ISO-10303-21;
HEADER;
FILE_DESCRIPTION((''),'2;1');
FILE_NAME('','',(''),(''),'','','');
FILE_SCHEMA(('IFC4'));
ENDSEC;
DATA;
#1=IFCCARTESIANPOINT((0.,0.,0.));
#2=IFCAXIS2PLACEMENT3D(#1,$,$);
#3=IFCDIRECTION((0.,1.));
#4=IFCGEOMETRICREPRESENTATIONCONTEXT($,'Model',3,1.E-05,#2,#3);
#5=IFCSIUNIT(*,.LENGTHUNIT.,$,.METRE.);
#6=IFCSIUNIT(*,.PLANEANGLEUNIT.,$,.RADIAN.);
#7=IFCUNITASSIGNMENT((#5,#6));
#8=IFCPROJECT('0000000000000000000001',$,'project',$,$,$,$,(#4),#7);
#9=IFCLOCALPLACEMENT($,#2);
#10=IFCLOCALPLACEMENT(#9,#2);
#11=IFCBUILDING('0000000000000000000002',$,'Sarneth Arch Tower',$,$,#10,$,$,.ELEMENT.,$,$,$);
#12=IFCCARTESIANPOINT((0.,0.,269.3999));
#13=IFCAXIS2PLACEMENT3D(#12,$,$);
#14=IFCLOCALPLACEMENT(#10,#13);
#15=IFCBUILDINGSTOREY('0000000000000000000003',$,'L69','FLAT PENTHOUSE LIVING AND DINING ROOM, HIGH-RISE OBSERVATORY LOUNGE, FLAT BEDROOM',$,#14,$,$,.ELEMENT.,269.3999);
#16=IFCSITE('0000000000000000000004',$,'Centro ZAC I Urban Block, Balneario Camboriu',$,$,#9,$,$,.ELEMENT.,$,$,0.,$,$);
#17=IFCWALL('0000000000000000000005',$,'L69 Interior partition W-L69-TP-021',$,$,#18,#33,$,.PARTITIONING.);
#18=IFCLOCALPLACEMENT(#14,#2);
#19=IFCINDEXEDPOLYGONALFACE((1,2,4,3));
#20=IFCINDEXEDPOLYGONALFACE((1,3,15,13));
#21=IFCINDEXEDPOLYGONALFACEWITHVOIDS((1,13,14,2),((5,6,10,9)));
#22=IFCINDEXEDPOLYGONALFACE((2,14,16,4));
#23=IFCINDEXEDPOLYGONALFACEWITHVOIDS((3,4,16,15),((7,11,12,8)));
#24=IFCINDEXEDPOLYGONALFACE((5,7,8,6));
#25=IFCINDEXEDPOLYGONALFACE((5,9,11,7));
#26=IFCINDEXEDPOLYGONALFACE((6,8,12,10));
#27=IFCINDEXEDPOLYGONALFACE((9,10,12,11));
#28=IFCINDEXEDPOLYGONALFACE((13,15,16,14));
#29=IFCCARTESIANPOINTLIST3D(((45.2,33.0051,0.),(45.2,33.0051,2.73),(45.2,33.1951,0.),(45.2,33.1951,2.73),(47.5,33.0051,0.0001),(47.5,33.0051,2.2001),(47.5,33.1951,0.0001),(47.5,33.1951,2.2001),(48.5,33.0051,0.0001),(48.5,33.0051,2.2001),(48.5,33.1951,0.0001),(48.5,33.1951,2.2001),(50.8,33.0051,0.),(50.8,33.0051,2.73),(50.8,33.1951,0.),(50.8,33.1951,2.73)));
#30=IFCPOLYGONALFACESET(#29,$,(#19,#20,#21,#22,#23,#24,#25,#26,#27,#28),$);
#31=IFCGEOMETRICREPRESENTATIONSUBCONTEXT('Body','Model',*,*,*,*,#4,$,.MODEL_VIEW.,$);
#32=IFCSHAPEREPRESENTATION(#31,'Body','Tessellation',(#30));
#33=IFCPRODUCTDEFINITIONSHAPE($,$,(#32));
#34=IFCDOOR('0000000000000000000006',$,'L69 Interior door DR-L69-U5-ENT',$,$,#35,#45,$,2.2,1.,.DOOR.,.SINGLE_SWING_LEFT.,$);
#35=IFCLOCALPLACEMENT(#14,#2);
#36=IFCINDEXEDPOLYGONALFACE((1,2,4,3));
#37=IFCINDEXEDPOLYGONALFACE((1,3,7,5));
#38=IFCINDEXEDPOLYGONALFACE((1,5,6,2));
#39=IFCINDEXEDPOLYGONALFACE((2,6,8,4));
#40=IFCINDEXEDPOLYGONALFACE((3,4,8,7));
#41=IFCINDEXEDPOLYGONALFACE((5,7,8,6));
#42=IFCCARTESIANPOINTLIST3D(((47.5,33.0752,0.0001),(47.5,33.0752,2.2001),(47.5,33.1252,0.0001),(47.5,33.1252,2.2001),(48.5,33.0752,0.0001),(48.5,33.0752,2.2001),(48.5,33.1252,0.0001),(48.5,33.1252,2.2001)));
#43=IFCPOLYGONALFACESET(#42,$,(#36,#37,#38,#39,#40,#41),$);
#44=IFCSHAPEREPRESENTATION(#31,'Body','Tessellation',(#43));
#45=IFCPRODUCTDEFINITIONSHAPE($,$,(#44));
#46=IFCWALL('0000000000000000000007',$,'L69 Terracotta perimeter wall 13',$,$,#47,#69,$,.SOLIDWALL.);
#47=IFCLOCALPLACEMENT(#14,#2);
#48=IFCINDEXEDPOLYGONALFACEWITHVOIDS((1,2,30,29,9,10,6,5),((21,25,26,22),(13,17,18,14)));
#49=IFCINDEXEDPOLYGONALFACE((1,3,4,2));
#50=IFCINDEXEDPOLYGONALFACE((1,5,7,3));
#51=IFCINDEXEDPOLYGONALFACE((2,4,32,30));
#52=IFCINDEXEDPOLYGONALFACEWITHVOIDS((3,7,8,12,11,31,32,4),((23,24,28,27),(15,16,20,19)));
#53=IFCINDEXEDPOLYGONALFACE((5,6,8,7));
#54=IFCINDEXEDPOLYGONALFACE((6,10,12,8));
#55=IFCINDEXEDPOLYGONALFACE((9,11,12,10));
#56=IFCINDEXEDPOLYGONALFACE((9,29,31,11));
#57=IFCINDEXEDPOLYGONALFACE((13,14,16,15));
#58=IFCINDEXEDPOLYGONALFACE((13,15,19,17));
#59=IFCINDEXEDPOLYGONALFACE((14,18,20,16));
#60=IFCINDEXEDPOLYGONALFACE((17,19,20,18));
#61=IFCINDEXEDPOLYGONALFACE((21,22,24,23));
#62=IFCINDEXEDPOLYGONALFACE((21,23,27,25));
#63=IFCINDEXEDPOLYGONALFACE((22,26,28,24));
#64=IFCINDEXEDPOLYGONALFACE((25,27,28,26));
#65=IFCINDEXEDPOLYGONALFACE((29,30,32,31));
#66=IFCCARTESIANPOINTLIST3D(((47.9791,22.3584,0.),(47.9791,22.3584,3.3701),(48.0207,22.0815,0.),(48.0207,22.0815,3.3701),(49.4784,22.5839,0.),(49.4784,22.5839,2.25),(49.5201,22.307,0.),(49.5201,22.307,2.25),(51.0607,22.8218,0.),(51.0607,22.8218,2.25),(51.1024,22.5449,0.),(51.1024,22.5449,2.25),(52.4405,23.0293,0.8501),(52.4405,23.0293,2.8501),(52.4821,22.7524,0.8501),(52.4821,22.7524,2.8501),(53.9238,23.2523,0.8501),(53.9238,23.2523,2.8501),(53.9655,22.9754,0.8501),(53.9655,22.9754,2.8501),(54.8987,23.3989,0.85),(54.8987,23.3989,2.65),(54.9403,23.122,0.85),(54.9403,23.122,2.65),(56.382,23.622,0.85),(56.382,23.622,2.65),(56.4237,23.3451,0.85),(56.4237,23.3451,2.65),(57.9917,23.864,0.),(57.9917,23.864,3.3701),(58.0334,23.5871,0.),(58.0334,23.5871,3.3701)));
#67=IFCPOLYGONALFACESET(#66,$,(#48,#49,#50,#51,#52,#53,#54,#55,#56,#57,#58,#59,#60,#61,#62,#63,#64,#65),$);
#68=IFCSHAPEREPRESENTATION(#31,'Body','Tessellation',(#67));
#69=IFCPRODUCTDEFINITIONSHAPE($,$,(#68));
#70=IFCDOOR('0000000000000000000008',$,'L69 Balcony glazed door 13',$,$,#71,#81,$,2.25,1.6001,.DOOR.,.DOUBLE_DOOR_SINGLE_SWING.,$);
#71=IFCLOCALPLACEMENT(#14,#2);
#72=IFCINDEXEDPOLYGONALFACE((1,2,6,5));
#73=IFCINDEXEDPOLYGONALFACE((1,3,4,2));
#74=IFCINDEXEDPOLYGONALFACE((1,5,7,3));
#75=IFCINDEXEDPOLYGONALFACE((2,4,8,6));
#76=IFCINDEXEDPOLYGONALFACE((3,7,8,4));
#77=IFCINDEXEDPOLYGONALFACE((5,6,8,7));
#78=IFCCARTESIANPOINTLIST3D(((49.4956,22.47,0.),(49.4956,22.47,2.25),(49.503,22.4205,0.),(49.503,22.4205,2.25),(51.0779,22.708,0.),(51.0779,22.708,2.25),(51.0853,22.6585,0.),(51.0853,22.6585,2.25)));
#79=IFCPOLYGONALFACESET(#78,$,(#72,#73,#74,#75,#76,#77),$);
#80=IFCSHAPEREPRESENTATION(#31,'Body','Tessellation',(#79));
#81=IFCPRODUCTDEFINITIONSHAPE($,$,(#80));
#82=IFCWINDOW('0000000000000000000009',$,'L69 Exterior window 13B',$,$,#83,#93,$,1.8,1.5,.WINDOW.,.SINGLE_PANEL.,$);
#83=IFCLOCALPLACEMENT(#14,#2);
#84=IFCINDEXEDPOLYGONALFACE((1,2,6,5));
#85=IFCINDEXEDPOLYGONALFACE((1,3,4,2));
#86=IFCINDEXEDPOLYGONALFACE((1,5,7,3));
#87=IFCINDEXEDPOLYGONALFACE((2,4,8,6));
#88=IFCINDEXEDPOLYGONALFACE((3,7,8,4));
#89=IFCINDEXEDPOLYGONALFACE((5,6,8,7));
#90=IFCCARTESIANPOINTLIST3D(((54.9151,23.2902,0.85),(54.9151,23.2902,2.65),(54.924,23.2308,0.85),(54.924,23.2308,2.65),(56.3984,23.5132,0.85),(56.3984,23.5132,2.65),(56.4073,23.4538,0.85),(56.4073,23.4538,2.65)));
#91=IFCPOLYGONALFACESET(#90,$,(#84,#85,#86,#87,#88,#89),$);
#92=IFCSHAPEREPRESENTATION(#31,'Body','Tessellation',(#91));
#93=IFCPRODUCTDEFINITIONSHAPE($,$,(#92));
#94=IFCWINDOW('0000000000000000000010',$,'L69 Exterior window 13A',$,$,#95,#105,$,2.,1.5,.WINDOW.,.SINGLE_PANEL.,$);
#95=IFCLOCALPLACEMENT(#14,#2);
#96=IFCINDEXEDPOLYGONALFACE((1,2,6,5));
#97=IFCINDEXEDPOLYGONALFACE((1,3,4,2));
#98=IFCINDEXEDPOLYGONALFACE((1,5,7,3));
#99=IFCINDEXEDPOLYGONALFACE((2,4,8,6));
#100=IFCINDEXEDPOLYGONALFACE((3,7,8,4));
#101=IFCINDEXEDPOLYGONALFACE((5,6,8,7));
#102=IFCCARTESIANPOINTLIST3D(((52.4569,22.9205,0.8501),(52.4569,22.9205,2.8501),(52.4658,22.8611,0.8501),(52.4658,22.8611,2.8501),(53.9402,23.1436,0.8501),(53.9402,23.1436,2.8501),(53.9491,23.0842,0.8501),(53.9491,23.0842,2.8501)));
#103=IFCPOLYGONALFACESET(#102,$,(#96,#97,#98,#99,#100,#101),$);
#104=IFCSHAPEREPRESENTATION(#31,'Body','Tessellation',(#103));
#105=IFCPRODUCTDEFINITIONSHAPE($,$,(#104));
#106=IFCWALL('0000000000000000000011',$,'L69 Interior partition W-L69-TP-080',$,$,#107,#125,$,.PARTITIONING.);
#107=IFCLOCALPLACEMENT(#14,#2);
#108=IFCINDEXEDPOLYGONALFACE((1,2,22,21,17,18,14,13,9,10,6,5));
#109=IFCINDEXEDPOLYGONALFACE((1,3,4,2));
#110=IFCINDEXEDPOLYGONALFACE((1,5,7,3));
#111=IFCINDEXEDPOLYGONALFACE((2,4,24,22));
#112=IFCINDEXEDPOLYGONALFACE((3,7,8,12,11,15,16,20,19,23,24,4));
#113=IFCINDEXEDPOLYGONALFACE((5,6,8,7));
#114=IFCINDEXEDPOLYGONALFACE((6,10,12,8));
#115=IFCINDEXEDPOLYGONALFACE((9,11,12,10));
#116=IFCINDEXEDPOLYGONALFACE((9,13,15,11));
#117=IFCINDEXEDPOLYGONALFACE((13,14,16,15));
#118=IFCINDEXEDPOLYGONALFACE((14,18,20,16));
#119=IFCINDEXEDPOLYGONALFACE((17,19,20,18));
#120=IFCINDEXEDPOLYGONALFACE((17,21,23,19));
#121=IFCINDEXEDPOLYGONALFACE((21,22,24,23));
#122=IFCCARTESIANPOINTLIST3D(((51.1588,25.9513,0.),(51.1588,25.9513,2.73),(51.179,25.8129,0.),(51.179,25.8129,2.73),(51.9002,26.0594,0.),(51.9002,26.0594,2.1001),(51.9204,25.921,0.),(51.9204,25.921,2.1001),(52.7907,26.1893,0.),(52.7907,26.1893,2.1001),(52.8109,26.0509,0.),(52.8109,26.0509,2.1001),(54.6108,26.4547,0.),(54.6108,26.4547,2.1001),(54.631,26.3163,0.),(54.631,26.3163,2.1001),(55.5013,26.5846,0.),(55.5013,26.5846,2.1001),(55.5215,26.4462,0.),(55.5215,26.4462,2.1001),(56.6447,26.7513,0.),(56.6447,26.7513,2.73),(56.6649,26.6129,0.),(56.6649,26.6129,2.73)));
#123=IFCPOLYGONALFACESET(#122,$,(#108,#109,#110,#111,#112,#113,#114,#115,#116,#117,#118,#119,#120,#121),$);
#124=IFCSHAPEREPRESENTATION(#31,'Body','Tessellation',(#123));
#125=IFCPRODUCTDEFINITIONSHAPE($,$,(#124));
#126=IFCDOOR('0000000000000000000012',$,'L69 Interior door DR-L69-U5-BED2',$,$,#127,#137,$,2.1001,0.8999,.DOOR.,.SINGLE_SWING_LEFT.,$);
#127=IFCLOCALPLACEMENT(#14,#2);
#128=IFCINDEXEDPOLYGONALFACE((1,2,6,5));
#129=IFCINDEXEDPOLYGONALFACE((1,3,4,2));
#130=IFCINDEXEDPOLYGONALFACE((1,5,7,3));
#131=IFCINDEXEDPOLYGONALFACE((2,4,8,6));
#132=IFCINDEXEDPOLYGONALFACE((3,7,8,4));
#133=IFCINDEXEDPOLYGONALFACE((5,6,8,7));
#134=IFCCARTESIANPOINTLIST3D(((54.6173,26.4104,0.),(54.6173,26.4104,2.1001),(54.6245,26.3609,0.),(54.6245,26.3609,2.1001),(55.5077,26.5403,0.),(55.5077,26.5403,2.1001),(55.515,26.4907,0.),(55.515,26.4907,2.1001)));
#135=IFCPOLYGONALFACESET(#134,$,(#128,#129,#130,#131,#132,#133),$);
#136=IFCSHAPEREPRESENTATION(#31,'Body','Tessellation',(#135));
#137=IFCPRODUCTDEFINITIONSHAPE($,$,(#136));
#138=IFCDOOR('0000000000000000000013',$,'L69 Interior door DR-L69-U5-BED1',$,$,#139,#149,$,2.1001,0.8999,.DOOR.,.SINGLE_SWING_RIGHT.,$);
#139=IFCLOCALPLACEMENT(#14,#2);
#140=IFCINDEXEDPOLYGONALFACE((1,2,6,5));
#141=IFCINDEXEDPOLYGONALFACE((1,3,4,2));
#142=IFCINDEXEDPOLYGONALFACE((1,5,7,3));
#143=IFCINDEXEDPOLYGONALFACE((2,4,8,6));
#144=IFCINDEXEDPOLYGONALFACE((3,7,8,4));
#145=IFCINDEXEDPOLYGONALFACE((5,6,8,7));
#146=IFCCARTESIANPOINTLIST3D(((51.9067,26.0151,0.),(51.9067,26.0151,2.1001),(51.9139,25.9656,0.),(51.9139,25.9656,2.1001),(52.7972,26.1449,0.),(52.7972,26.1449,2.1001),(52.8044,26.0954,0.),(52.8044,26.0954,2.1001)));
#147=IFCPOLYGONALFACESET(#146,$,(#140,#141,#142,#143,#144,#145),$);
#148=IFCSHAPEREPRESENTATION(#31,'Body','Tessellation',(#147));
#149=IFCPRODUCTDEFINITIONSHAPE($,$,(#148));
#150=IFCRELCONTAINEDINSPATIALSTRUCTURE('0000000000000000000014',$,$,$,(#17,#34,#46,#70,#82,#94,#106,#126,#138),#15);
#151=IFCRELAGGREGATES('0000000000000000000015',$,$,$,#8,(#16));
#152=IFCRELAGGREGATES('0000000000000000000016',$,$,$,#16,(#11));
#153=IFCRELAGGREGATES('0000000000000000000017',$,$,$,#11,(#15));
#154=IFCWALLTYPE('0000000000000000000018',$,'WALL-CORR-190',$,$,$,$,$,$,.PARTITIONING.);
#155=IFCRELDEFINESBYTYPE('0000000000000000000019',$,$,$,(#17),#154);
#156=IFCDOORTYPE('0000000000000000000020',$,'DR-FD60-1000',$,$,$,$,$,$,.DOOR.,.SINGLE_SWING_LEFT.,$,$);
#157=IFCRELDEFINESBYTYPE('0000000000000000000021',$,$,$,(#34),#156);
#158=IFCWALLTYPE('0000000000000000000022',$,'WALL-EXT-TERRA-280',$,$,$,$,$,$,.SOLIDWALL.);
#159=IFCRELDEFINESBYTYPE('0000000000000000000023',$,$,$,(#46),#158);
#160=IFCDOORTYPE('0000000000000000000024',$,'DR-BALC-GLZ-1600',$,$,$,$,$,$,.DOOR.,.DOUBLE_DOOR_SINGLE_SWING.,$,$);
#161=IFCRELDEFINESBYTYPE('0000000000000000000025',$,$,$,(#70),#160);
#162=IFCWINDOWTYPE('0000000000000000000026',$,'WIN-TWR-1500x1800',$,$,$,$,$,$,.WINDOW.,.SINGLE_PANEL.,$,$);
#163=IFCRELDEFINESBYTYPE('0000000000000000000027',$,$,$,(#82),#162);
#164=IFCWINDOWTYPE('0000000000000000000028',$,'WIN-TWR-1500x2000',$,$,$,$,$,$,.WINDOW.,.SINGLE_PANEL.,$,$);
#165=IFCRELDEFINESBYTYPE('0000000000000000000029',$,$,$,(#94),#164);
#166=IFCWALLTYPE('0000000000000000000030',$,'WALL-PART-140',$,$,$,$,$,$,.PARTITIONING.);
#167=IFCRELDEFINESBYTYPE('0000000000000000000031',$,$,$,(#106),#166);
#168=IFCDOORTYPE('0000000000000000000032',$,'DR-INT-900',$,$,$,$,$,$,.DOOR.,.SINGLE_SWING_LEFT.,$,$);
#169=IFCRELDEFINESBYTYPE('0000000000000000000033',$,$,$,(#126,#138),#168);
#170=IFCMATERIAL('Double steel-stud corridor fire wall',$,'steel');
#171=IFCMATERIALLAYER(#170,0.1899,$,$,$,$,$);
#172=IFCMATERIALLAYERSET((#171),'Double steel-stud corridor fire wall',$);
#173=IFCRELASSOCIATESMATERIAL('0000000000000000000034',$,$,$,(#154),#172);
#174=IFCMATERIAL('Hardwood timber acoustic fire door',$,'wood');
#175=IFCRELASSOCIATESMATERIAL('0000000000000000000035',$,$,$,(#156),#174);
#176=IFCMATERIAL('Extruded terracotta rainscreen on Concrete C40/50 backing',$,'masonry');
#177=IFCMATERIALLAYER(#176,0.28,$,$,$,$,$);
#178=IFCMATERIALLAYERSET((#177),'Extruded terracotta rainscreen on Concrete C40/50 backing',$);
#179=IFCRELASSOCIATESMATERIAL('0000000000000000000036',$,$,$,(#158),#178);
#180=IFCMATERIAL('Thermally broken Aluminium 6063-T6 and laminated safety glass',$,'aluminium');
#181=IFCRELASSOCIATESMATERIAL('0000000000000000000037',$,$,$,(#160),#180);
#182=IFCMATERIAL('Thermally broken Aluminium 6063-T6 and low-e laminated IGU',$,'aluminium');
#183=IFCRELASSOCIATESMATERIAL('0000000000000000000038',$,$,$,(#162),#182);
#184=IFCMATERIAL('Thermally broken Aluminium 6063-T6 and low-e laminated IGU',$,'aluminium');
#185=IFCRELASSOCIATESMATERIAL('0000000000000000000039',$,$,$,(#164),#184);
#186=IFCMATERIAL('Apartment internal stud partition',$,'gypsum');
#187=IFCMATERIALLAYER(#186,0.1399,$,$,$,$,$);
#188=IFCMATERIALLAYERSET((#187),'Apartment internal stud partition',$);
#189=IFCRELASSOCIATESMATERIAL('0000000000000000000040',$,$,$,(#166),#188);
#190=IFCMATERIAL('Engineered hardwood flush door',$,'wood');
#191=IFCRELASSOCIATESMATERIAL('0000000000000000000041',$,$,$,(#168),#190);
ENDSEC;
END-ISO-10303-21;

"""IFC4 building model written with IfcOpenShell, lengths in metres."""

from ifc_helpers import new_model, si_unit, direction, frame, frame_2d, origin, place, context, subcontext, project, spatial, rectangle, extrude, material, layer, layer_set, type_object, element, fill, save


model = new_model("IFC4")

# Units and contexts
model_context = context("Model", 3, precision=1e-05, world=origin(), true_north=direction((0.0, 1.0)))
body_context = subcontext(model_context, "Body", "Model", "MODEL_VIEW")
ifc_project = project(units=[si_unit("LENGTHUNIT", "METRE"), si_unit("PLANEANGLEUNIT", "RADIAN")], contexts=[model_context])

# Site, building, storey
site_placement = place(None, origin())
site = spatial("IfcSite", under=ifc_project, at=site_placement, Name="Centro ZAC I Urban Block, Balneario Camboriu", CompositionType="ELEMENT", RefElevation=0.0)
building_placement = place(site_placement, origin())
building = spatial("IfcBuilding", under=site, at=building_placement, Name="Sarneth Arch Tower", CompositionType="ELEMENT")
storey_placement = place(building_placement, frame((0.0, 0.0, 269.3999)))
storey = spatial("IfcBuildingStorey", under=building, at=storey_placement, Name="L69", Description="FLAT PENTHOUSE LIVING AND DINING ROOM, HIGH-RISE OBSERVATORY LOUNGE, FLAT BEDROOM", CompositionType="ELEMENT", Elevation=269.3999)

# Wall, opening, door
ifc_material_1 = material(Name="Double steel-stud corridor fire wall", Category="steel")
ifc_layer_1 = layer(ifc_material_1, 0.1899)
ifc_layer_set_1 = layer_set([ifc_layer_1], Name="Double steel-stud corridor fire wall")
wall_type_1 = type_object("IfcWallType", Name="WALL-CORR-190", PredefinedType="PARTITIONING", material=ifc_layer_set_1)
wall_1_placement = place(storey_placement, frame((50.8, 33.1001, 0.0), z_axis=(0.0, 0.0, 1.0), x_axis=(-1.0, 0.0, 0.0)))
wall_1 = element("IfcWall", 1, at=wall_1_placement, inside=storey, type_object=wall_type_1, Name="L69 Interior partition W-L69-TP-021", PredefinedType="PARTITIONING", context=body_context, shape_type="SweptSolid", body=[
    extrude(rectangle(XDim=5.6001, YDim=0.1899, at=frame_2d((2.8, 0.0))), origin(), (0.0, 0.0, 1.0), 2.73),
])
opening_1_placement = place(wall_1_placement, frame((2.3, 0.0, 0.0)))
opening_1 = element("IfcOpeningElement", 2, at=opening_1_placement, cuts=wall_1, PredefinedType="OPENING", context=body_context, shape_type="SweptSolid", body=[
    extrude(rectangle(XDim=1.0, YDim=2.2, at=frame_2d((0.5, 1.1001))), frame((0.0, 0.105, 0.0), z_axis=(0.0, -1.0, 0.0), x_axis=(1.0, 0.0, 0.0)), (0.0, 0.0, 1.0), 0.21),
])
ifc_material_2 = material(Name="Hardwood timber acoustic fire door", Category="wood")
door_type_1 = type_object("IfcDoorType", Name="DR-FD60-1000", OperationType="SINGLE_SWING_LEFT", PredefinedType="DOOR", material=ifc_material_2)
door_1_placement = place(opening_1_placement, origin())
door_1 = element("IfcDoor", 3, at=door_1_placement, inside=storey, type_object=door_type_1, Name="L69 Interior door DR-L69-U5-ENT", OperationType="SINGLE_SWING_LEFT", OverallHeight=2.2, OverallWidth=1.0, PredefinedType="DOOR", context=body_context, shape_type="SweptSolid", body=[
    extrude(rectangle(XDim=1.0, YDim=2.2, at=frame_2d((0.5, 1.1001))), frame((0.0, 0.0249, 0.0), z_axis=(0.0, -1.0, 0.0), x_axis=(1.0, 0.0, 0.0)), (0.0, 0.0, 1.0), 0.05),
])
fill(opening_1, door_1)

# Wall, openings, door, windows
ifc_material_3 = material(Name="Extruded terracotta rainscreen on Concrete C40/50 backing", Category="masonry")
ifc_layer_2 = layer(ifc_material_3, 0.28)
ifc_layer_set_2 = layer_set([ifc_layer_2], Name="Extruded terracotta rainscreen on Concrete C40/50 backing")
wall_type_2 = type_object("IfcWallType", Name="WALL-EXT-TERRA-280", PredefinedType="SOLIDWALL", material=ifc_layer_set_2)
wall_2_placement = place(storey_placement, frame((48.0, 22.22, 0.0), z_axis=(0.0, 0.0, 1.0), x_axis=(0.988883, 0.148699, 0.0)))
wall_2 = element("IfcWall", 4, at=wall_2_placement, inside=storey, type_object=wall_type_2, Name="L69 Terracotta perimeter wall 13", PredefinedType="SOLIDWALL", context=body_context, shape_type="SweptSolid", body=[
    extrude(rectangle(XDim=10.1252, YDim=0.28, at=frame_2d((5.0625, 0.0))), origin(), (0.0, 0.0, 1.0), 3.3701),
])
opening_2_placement = place(wall_2_placement, frame((1.5161, 0.0, 0.0)))
opening_2 = element("IfcOpeningElement", 5, at=opening_2_placement, cuts=wall_2, PredefinedType="OPENING", context=body_context, shape_type="SweptSolid", body=[
    extrude(rectangle(XDim=1.6001, YDim=2.25, at=frame_2d((0.8, 1.125))), frame((0.0, 0.1499, 0.0), z_axis=(0.0, -1.0, 0.0), x_axis=(1.0, 0.0, 0.0)), (0.0, 0.0, 1.0), 0.3),
])
opening_3_placement = place(wall_2_placement, frame((4.5115, 0.0, 0.8501)))
opening_3 = element("IfcOpeningElement", 6, at=opening_3_placement, cuts=wall_2, PredefinedType="OPENING", context=body_context, shape_type="SweptSolid", body=[
    extrude(rectangle(XDim=1.5, YDim=2.0, at=frame_2d((0.75, 1.0))), frame((0.0, 0.1499, 0.0), z_axis=(0.0, -1.0, 0.0), x_axis=(1.0, 0.0, 0.0)), (0.0, 0.0, 1.0), 0.3),
])
opening_4_placement = place(wall_2_placement, frame((6.9973, 0.0, 0.8501)))
opening_4 = element("IfcOpeningElement", 7, at=opening_4_placement, cuts=wall_2, PredefinedType="OPENING", context=body_context, shape_type="SweptSolid", body=[
    extrude(rectangle(XDim=1.5, YDim=1.8, at=frame_2d((0.75, 0.8999))), frame((0.0, 0.1499, 0.0), z_axis=(0.0, -1.0, 0.0), x_axis=(1.0, 0.0, 0.0)), (0.0, 0.0, 1.0), 0.3),
])
ifc_material_4 = material(Name="Thermally broken Aluminium 6063-T6 and laminated safety glass", Category="aluminium")
door_type_2 = type_object("IfcDoorType", Name="DR-BALC-GLZ-1600", OperationType="DOUBLE_DOOR_SINGLE_SWING", PredefinedType="DOOR", material=ifc_material_4)
door_2_placement = place(opening_2_placement, origin())
door_2 = element("IfcDoor", 8, at=door_2_placement, inside=storey, type_object=door_type_2, Name="L69 Balcony glazed door 13", OperationType="DOUBLE_DOOR_SINGLE_SWING", OverallHeight=2.25, OverallWidth=1.6001, PredefinedType="DOOR", context=body_context, shape_type="SweptSolid", body=[
    extrude(rectangle(XDim=1.6001, YDim=2.25, at=frame_2d((0.8, 1.125))), frame((0.0, 0.0249, 0.0), z_axis=(0.0, -1.0, 0.0), x_axis=(1.0, 0.0, 0.0)), (0.0, 0.0, 1.0), 0.05),
])
fill(opening_2, door_2)
ifc_material_5 = material(Name="Thermally broken Aluminium 6063-T6 and low-e laminated IGU", Category="aluminium")
window_type_1 = type_object("IfcWindowType", Name="WIN-TWR-1500x1800", PartitioningType="SINGLE_PANEL", PredefinedType="WINDOW", material=ifc_material_5)
window_1_placement = place(opening_4_placement, origin())
window_1 = element("IfcWindow", 9, at=window_1_placement, inside=storey, type_object=window_type_1, Name="L69 Exterior window 13B", OverallHeight=1.8, OverallWidth=1.5, PartitioningType="SINGLE_PANEL", PredefinedType="WINDOW", context=body_context, shape_type="SweptSolid", body=[
    extrude(rectangle(XDim=1.5, YDim=1.8, at=frame_2d((0.75, 0.8999))), frame((0.0, 0.03, 0.0), z_axis=(0.0, -1.0, 0.0), x_axis=(1.0, 0.0, 0.0)), (0.0, 0.0, 1.0), 0.0601),
])
fill(opening_4, window_1)
ifc_material_6 = material(Name="Thermally broken Aluminium 6063-T6 and low-e laminated IGU", Category="aluminium")
window_type_2 = type_object("IfcWindowType", Name="WIN-TWR-1500x2000", PartitioningType="SINGLE_PANEL", PredefinedType="WINDOW", material=ifc_material_6)
window_2_placement = place(opening_3_placement, origin())
window_2 = element("IfcWindow", 10, at=window_2_placement, inside=storey, type_object=window_type_2, Name="L69 Exterior window 13A", OverallHeight=2.0, OverallWidth=1.5, PartitioningType="SINGLE_PANEL", PredefinedType="WINDOW", context=body_context, shape_type="SweptSolid", body=[
    extrude(rectangle(XDim=1.5, YDim=2.0, at=frame_2d((0.75, 1.0))), frame((0.0, 0.03, 0.0), z_axis=(0.0, -1.0, 0.0), x_axis=(1.0, 0.0, 0.0)), (0.0, 0.0, 1.0), 0.0601),
])
fill(opening_3, window_2)

# Wall, openings, doors
ifc_material_7 = material(Name="Apartment internal stud partition", Category="gypsum")
ifc_layer_3 = layer(ifc_material_7, 0.1399)
ifc_layer_set_3 = layer_set([ifc_layer_3], Name="Apartment internal stud partition")
wall_type_3 = type_object("IfcWallType", Name="WALL-PART-140", PredefinedType="PARTITIONING", material=ifc_layer_set_3)
wall_3_placement = place(storey_placement, frame((56.6548, 26.6821, 0.0), z_axis=(0.0, 0.0, 1.0), x_axis=(-0.989532, -0.144312, 0.0)))
wall_3 = element("IfcWall", 11, at=wall_3_placement, inside=storey, type_object=wall_type_3, Name="L69 Interior partition W-L69-TP-080", PredefinedType="PARTITIONING", context=body_context, shape_type="SweptSolid", body=[
    extrude(rectangle(XDim=5.5439, YDim=0.1399, at=frame_2d((2.772, 0.0))), origin(), (0.0, 0.0, 1.0), 2.73),
])
opening_5_placement = place(wall_3_placement, frame((1.1555, 0.0, 0.0)))
opening_5 = element("IfcOpeningElement", 12, at=opening_5_placement, cuts=wall_3, PredefinedType="OPENING", context=body_context, shape_type="SweptSolid", body=[
    extrude(rectangle(XDim=0.8999, YDim=2.1001, at=frame_2d((0.45, 1.05))), frame((0.0, 0.0798, 0.0), z_axis=(0.0, -1.0, 0.0), x_axis=(1.0, 0.0, 0.0)), (0.0, 0.0, 1.0), 0.1599),
])
opening_6_placement = place(wall_3_placement, frame((3.8948, 0.0, 0.0)))
opening_6 = element("IfcOpeningElement", 13, at=opening_6_placement, cuts=wall_3, PredefinedType="OPENING", context=body_context, shape_type="SweptSolid", body=[
    extrude(rectangle(XDim=0.8999, YDim=2.1001, at=frame_2d((0.45, 1.05))), frame((0.0, 0.0798, 0.0), z_axis=(0.0, -1.0, 0.0), x_axis=(1.0, 0.0, 0.0)), (0.0, 0.0, 1.0), 0.1599),
])
ifc_material_8 = material(Name="Engineered hardwood flush door", Category="wood")
door_type_3 = type_object("IfcDoorType", Name="DR-INT-900", OperationType="SINGLE_SWING_LEFT", PredefinedType="DOOR", material=ifc_material_8)
door_3_placement = place(opening_5_placement, origin())
door_3 = element("IfcDoor", 14, at=door_3_placement, inside=storey, type_object=door_type_3, Name="L69 Interior door DR-L69-U5-BED2", OperationType="SINGLE_SWING_LEFT", OverallHeight=2.1001, OverallWidth=0.8999, PredefinedType="DOOR", context=body_context, shape_type="SweptSolid", body=[
    extrude(rectangle(XDim=0.8999, YDim=2.1001, at=frame_2d((0.45, 1.05))), frame((0.0, 0.0249, 0.0), z_axis=(0.0, -1.0, 0.0), x_axis=(1.0, 0.0, 0.0)), (0.0, 0.0, 1.0), 0.05),
])
fill(opening_5, door_3)
door_4_placement = place(opening_6_placement, origin())
door_4 = element("IfcDoor", 15, at=door_4_placement, inside=storey, type_object=door_type_3, Name="L69 Interior door DR-L69-U5-BED1", OperationType="SINGLE_SWING_RIGHT", OverallHeight=2.1001, OverallWidth=0.8999, PredefinedType="DOOR", context=body_context, shape_type="SweptSolid", body=[
    extrude(rectangle(XDim=0.8999, YDim=2.1001, at=frame_2d((0.45, 1.05))), frame((0.0, 0.0249, 0.0), z_axis=(0.0, -1.0, 0.0), x_axis=(1.0, 0.0, 0.0)), (0.0, 0.0, 1.0), 0.05),
])
fill(opening_6, door_4)

save(model, "model.ifc")
